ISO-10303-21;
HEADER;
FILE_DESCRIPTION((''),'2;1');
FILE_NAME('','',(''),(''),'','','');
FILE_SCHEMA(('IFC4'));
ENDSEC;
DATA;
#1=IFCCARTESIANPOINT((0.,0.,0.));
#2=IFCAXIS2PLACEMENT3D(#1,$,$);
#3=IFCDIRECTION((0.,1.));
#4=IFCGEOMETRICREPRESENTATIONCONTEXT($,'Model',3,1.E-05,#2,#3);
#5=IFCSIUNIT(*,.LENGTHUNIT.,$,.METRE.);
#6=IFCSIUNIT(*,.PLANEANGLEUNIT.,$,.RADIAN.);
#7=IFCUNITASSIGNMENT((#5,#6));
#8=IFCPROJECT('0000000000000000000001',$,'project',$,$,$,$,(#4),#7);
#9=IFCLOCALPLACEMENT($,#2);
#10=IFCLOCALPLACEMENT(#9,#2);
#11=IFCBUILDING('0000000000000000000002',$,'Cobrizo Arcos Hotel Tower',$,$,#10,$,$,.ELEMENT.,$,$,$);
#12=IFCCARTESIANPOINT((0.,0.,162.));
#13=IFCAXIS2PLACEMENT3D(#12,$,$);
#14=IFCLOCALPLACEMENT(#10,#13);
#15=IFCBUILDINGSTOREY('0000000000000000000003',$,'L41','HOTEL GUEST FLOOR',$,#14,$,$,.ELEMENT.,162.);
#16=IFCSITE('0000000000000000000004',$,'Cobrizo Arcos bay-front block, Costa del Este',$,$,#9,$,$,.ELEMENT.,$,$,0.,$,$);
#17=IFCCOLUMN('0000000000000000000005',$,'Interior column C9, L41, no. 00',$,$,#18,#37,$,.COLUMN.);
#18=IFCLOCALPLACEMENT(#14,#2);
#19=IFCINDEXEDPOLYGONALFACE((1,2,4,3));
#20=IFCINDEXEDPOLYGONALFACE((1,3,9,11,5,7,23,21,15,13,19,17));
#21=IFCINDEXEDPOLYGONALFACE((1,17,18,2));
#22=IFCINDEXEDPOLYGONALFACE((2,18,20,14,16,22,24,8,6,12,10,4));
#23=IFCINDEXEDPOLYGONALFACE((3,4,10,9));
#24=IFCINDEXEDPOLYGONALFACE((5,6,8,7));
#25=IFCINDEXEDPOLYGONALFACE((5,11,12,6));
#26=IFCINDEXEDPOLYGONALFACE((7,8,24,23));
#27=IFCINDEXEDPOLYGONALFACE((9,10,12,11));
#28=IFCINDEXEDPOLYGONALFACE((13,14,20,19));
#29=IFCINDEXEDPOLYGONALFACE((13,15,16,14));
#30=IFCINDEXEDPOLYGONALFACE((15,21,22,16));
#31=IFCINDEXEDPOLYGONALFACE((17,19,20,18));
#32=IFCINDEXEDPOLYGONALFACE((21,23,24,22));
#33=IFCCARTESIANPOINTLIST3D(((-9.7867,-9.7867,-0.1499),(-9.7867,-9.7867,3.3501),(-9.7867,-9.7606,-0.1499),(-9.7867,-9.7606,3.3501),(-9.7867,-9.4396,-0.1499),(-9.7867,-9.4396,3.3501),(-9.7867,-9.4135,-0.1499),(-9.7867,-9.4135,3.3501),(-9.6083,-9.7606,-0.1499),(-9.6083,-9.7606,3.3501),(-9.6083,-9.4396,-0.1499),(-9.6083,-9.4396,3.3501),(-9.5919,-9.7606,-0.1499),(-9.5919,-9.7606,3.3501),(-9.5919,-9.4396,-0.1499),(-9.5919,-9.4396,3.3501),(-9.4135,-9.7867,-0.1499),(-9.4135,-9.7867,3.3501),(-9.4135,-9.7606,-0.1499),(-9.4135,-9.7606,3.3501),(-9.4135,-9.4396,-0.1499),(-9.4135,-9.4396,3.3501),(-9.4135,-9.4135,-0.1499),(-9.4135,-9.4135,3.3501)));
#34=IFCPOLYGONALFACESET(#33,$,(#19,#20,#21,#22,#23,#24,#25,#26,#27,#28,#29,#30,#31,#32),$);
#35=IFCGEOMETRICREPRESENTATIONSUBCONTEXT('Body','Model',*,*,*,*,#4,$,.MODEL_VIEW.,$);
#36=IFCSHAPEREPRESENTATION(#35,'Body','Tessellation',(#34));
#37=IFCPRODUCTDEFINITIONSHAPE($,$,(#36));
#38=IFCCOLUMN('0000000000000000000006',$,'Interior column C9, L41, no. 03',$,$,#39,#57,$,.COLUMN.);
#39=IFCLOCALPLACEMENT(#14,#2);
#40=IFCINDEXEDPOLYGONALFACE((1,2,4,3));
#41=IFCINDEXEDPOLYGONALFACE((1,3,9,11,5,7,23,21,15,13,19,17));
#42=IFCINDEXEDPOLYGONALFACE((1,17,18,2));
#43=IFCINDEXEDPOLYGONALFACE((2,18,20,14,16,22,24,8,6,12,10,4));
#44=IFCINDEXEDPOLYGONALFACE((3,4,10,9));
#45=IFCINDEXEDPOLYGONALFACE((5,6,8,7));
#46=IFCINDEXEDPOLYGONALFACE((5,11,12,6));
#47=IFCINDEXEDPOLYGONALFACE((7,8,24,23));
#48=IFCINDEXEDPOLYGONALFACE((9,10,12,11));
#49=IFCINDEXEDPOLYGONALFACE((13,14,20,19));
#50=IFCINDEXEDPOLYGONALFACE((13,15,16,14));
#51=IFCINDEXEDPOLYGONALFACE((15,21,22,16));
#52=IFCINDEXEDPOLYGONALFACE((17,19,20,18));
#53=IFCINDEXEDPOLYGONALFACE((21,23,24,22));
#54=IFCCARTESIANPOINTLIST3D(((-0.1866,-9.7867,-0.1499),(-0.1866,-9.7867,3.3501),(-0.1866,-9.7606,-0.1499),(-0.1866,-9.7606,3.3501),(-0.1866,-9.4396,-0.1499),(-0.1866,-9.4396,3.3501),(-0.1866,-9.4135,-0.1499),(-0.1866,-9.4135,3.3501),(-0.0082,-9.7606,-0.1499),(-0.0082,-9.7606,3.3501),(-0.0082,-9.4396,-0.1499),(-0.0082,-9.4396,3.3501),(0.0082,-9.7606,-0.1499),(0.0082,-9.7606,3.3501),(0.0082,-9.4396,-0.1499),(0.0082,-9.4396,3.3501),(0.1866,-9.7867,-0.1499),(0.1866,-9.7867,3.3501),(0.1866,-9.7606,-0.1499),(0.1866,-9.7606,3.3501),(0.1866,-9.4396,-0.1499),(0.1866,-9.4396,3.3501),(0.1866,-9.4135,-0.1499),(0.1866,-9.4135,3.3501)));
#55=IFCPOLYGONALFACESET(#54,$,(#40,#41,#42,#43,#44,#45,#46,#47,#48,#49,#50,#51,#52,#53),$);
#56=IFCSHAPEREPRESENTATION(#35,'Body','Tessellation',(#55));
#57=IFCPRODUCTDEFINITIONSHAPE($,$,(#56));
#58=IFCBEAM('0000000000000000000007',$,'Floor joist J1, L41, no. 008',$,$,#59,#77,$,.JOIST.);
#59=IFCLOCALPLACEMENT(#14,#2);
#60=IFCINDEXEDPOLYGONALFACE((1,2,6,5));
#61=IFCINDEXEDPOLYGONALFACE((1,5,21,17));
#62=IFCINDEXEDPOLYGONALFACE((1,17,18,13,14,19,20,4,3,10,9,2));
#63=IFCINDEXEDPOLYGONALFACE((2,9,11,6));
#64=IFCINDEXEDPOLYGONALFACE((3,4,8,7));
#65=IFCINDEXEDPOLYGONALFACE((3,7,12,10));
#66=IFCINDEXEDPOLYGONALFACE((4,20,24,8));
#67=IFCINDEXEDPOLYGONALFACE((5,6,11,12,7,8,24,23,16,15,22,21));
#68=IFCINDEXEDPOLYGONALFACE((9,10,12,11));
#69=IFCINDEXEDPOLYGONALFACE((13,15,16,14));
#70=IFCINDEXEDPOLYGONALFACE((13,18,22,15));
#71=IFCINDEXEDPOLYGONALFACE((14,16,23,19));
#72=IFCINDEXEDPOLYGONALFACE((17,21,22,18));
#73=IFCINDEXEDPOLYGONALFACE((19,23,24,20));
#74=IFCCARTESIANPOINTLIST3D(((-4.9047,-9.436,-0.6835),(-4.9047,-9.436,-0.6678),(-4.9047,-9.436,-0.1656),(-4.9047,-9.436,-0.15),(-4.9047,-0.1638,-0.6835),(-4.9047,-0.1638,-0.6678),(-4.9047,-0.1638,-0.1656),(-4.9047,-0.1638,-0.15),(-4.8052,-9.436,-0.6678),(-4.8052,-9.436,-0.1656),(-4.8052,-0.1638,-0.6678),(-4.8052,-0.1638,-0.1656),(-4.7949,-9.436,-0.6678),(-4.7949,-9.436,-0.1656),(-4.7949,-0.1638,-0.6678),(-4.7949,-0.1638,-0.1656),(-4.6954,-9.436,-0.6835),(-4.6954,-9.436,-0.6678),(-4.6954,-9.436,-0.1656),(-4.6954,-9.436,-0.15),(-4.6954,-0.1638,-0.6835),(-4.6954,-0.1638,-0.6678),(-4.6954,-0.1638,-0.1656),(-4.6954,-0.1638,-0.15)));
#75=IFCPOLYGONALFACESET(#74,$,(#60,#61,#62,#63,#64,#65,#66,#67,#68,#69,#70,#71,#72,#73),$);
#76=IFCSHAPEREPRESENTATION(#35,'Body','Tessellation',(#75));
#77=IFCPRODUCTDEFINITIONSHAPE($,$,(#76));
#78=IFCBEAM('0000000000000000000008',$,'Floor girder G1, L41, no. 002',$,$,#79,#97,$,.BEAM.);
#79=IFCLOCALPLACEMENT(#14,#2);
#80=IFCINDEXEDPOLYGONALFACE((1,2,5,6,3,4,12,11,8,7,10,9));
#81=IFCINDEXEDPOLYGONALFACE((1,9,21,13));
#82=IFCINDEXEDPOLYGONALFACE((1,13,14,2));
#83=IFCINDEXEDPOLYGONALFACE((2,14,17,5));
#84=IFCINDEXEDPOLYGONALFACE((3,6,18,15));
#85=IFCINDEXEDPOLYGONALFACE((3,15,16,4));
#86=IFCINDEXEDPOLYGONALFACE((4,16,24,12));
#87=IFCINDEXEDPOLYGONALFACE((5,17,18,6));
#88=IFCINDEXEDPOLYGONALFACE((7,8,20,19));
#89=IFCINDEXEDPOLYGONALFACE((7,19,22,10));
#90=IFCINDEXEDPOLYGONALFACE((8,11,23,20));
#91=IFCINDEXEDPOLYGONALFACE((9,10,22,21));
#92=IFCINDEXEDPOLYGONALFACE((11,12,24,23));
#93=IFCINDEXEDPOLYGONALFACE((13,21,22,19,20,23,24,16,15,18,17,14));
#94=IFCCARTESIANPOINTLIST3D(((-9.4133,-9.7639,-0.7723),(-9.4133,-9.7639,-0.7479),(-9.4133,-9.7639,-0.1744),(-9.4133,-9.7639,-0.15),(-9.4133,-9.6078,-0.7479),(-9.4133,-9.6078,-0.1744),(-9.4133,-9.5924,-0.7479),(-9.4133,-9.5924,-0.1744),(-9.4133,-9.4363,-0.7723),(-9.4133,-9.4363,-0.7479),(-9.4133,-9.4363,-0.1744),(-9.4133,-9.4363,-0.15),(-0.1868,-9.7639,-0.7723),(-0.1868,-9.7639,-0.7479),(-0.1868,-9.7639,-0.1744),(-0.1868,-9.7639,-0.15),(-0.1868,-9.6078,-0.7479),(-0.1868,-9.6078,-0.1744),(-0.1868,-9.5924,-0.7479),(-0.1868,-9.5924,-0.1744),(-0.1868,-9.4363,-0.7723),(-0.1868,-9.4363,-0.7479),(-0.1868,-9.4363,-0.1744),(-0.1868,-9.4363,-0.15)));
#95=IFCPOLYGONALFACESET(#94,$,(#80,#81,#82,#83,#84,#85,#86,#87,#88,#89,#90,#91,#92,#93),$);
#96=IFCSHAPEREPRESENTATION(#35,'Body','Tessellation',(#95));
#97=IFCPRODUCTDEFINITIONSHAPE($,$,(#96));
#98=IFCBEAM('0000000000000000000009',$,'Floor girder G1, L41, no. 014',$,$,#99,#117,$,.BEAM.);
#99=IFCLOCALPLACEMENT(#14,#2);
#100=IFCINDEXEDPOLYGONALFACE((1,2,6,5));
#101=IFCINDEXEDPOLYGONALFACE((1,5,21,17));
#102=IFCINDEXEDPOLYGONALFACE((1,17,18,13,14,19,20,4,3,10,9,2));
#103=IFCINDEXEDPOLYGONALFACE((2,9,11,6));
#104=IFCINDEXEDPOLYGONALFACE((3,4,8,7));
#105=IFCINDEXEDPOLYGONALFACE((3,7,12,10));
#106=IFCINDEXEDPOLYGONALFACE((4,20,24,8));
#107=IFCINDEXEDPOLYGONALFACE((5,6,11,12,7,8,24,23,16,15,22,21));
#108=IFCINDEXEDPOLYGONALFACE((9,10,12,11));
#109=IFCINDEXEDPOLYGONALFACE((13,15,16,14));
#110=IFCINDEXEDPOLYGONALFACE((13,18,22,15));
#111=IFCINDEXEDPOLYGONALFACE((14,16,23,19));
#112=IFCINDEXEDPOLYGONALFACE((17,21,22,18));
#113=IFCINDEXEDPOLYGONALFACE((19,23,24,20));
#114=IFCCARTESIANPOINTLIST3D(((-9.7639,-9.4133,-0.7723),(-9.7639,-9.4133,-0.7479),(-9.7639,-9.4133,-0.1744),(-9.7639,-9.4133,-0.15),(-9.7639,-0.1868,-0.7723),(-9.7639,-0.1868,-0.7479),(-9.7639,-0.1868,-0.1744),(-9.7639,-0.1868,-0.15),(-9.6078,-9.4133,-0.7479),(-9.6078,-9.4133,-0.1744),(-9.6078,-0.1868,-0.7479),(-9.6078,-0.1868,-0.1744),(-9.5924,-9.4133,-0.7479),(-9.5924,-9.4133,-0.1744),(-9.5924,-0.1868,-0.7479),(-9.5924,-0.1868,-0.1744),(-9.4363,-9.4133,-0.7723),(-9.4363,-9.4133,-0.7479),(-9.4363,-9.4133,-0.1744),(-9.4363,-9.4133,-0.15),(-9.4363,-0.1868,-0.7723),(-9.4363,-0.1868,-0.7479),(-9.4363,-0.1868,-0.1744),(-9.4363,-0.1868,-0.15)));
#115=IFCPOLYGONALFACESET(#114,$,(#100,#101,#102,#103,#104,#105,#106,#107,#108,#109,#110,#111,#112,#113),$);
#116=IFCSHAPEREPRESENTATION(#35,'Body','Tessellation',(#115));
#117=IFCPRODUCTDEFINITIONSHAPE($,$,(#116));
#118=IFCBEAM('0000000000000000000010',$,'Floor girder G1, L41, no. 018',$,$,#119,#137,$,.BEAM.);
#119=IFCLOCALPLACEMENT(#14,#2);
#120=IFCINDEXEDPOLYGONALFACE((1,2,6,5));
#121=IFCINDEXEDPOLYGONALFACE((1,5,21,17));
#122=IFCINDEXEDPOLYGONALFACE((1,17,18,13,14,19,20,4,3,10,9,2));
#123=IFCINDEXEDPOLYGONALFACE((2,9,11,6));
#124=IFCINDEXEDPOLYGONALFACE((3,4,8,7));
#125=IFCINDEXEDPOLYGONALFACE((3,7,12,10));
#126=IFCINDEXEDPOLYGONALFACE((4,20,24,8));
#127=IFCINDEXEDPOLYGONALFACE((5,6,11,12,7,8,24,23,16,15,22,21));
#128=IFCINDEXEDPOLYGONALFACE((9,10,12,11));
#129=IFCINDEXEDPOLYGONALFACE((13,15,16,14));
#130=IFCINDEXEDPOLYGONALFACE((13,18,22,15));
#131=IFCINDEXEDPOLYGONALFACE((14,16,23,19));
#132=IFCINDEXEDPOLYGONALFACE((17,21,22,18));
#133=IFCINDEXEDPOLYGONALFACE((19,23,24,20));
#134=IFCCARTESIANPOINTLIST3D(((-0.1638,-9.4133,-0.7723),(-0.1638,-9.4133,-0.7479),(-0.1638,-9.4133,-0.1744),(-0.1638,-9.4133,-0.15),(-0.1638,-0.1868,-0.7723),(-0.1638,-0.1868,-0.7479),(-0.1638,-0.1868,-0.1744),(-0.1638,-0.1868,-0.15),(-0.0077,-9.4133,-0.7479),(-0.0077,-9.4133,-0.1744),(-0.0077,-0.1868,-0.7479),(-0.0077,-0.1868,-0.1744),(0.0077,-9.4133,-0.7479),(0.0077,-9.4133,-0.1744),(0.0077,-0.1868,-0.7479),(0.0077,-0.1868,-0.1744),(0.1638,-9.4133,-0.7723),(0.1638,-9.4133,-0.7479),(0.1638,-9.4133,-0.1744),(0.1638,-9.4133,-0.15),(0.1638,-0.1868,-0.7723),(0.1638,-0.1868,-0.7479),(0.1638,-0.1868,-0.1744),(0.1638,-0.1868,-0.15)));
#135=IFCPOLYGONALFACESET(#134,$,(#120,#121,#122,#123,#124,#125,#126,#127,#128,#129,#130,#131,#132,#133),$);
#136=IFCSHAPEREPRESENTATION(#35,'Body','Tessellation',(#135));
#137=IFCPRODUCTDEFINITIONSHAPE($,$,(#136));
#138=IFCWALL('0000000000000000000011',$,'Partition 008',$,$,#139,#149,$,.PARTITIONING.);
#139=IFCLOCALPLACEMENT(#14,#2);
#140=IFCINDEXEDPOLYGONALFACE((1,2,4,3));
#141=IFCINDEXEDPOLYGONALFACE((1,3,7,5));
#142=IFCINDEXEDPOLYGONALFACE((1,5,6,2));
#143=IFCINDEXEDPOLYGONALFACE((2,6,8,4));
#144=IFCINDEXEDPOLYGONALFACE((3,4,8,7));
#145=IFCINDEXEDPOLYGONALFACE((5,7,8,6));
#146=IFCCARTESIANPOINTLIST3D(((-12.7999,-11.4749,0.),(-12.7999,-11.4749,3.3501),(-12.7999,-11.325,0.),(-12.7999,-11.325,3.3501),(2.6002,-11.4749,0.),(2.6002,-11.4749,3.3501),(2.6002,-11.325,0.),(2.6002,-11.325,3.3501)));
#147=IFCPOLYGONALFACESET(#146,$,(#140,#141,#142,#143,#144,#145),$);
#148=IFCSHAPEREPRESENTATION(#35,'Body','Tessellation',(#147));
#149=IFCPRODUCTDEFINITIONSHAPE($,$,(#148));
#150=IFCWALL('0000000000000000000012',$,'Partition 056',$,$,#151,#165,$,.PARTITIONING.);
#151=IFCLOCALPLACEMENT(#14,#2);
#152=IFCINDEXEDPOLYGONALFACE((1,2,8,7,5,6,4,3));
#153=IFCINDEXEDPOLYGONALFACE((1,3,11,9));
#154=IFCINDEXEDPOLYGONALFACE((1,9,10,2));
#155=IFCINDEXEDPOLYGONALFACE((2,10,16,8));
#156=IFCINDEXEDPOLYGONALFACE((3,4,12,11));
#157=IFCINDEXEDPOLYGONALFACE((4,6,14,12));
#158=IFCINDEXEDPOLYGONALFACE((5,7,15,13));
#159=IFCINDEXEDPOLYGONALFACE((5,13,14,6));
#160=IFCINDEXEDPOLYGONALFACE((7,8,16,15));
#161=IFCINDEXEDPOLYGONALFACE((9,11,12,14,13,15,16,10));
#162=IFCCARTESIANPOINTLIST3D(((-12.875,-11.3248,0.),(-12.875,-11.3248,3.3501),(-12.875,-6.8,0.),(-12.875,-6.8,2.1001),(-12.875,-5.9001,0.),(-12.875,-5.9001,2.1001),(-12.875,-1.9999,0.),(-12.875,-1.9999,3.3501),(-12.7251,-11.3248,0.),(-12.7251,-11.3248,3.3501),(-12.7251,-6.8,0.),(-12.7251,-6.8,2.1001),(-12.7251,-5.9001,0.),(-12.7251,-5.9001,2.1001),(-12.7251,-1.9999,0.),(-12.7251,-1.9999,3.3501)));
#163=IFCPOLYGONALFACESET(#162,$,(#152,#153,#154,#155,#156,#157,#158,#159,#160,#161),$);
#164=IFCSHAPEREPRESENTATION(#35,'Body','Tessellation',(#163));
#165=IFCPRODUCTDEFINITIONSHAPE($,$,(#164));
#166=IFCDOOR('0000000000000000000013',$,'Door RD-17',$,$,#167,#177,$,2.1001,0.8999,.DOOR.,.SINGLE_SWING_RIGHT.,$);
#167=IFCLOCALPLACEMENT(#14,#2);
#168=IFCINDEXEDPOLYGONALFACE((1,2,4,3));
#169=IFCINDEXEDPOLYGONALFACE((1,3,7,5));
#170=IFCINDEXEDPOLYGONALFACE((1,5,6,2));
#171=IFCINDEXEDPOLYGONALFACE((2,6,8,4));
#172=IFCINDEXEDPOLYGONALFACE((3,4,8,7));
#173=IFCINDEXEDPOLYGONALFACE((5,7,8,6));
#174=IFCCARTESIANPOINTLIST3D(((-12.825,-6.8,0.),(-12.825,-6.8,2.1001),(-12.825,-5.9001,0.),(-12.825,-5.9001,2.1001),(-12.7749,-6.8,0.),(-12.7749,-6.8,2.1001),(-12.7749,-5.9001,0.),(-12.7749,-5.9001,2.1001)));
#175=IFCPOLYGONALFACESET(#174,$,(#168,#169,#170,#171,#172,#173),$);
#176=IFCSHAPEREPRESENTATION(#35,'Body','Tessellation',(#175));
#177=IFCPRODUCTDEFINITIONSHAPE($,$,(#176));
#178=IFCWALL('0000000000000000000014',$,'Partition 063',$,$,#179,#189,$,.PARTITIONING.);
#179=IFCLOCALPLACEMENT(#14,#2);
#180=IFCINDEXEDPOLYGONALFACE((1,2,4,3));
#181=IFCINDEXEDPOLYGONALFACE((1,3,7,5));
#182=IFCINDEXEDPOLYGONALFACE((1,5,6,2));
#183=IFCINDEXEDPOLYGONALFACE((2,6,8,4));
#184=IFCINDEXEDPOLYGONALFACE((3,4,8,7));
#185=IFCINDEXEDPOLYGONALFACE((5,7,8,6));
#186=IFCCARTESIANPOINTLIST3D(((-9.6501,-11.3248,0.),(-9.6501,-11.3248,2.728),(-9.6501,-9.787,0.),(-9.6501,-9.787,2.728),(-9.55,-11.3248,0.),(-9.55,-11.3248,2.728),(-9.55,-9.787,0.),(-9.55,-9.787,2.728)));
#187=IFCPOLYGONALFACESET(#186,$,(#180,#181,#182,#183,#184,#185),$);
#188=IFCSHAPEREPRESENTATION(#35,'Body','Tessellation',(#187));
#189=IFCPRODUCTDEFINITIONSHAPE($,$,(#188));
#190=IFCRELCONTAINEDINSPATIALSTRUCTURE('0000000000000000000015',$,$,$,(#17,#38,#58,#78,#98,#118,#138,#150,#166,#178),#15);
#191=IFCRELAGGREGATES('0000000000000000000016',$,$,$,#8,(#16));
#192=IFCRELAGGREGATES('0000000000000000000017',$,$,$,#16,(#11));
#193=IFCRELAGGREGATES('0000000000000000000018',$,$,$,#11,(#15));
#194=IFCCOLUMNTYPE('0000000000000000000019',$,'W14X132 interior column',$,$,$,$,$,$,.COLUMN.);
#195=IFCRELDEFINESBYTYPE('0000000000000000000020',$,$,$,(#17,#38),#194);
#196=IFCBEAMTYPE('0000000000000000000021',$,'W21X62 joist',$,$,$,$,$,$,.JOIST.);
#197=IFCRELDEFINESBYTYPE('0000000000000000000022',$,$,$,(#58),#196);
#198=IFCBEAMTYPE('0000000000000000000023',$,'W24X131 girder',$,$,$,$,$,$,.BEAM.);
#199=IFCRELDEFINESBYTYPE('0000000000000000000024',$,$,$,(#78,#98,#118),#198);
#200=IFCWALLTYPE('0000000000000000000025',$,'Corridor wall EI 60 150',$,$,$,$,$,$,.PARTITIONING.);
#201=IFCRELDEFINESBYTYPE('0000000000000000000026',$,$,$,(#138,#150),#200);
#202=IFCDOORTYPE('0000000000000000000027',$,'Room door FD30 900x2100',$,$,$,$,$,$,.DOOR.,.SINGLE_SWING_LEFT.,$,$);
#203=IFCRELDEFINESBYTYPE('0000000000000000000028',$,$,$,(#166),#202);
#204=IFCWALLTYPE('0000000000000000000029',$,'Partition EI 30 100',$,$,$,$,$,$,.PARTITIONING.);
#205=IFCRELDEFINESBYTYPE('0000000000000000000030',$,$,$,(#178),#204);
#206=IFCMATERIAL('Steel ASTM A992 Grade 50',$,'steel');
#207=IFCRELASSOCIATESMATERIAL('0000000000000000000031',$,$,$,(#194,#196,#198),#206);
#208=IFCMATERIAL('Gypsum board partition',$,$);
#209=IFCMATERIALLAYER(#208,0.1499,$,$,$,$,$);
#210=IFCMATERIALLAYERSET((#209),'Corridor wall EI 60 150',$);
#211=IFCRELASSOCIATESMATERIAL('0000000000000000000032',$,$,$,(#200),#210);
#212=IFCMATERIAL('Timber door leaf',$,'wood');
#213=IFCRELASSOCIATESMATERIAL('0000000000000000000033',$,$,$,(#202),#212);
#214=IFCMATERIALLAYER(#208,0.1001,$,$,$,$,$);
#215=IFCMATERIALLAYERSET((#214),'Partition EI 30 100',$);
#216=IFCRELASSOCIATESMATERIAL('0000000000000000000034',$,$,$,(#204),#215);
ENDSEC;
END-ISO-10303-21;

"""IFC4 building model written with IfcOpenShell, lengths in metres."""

from ifc_helpers import new_model, si_unit, direction, frame, frame_2d, origin, origin_2d, place, context, subcontext, project, spatial, rectangle, i_section, extrude, material, layer, layer_set, material_profile, profile_set, type_object, element, fill, save


model = new_model("IFC4")

# Units and contexts
model_context = context("Model", 3, precision=1e-05, world=origin(), true_north=direction((0.0, 1.0)))
body_context = subcontext(model_context, "Body", "Model", "MODEL_VIEW")
ifc_project = project(units=[si_unit("LENGTHUNIT", "METRE"), si_unit("PLANEANGLEUNIT", "RADIAN")], contexts=[model_context])

# Site, building, storey
site_placement = place(None, origin())
site = spatial("IfcSite", under=ifc_project, at=site_placement, Name="Cobrizo Arcos bay-front block, Costa del Este", CompositionType="ELEMENT", RefElevation=0.0)
building_placement = place(site_placement, origin())
building = spatial("IfcBuilding", under=site, at=building_placement, Name="Cobrizo Arcos Hotel Tower", CompositionType="ELEMENT")
storey_placement = place(building_placement, frame((0.0, 0.0, 162.0)))
storey = spatial("IfcBuildingStorey", under=building, at=storey_placement, Name="L41", Description="HOTEL GUEST FLOOR", CompositionType="ELEMENT", Elevation=162.0)

# Columns
ifc_material_1 = material(Name="Steel ASTM A992 Grade 50", Category="steel")
ifc_material_profile_1 = material_profile(ifc_material_1, i_section(OverallWidth=0.3733, OverallDepth=0.3733, WebThickness=0.0164, FlangeThickness=0.0261, at=origin_2d()), Name="W14X132")
ifc_profile_set_1 = profile_set([ifc_material_profile_1], Name="Steel ASTM A992 Grade 50")
column_type = type_object("IfcColumnType", Name="W14X132 interior column", PredefinedType="COLUMN", material=ifc_profile_set_1)
for number, where, z_axis, x_axis, name in (
    (1, (-9.6001, -9.6001, -0.1499), (0.0, 0.0, 1.0), (1.0, 0.0, 0.0), "Interior column C9, L41, no. 00"),
    (2, (0.0, -9.6001, -0.1499), (0.0, 0.0, 1.0), (1.0, 0.0, 0.0), "Interior column C9, L41, no. 03"),
):
    element("IfcColumn", number, at=place(storey_placement, frame(where, z_axis=z_axis, x_axis=x_axis)), inside=storey, type_object=column_type, Name=name, PredefinedType="COLUMN", context=body_context, shape_type="SweptSolid", body=[
        extrude(i_section(OverallWidth=0.3733, OverallDepth=0.3733, WebThickness=0.0164, FlangeThickness=0.0261, at=origin_2d()), origin(), (0.0, 0.0, 1.0), 3.5),
    ])

# Beams
ifc_material_profile_2 = material_profile(ifc_material_1, i_section(OverallWidth=0.2092, OverallDepth=0.5334, WebThickness=0.0103, FlangeThickness=0.0156, at=origin_2d()), Name="W21X62")
ifc_profile_set_2 = profile_set([ifc_material_profile_2], Name="Steel ASTM A992 Grade 50")
beam_type_1 = type_object("IfcBeamType", Name="W21X62 joist", PredefinedType="JOIST", material=ifc_profile_set_2)
beam_placement = place(storey_placement, frame((-4.8, -9.436, -0.4167), z_axis=(0.0, 1.0, 0.0), x_axis=(-1.0, 0.0, 0.0)))
element("IfcBeam", 3, at=beam_placement, inside=storey, type_object=beam_type_1, Name="Floor joist J1, L41, no. 008", PredefinedType="JOIST", context=body_context, shape_type="SweptSolid", body=[
    extrude(i_section(OverallWidth=0.2092, OverallDepth=0.5334, WebThickness=0.0103, FlangeThickness=0.0156, at=origin_2d()), origin(), (0.0, 0.0, 1.0), 9.2722),
])
ifc_material_profile_3 = material_profile(ifc_material_1, i_section(OverallWidth=0.3276, OverallDepth=0.6223, WebThickness=0.0154, FlangeThickness=0.0244, at=origin_2d()), Name="W24X131")
ifc_profile_set_3 = profile_set([ifc_material_profile_3], Name="Steel ASTM A992 Grade 50")
beam_type_2 = type_object("IfcBeamType", Name="W24X131 girder", PredefinedType="BEAM", material=ifc_profile_set_3)
for number, where, z_axis, x_axis, name in (
    (4, (-9.4133, -9.6001, -0.4612), (1.0, 0.0, 0.0), (0.0, 1.0, 0.0), "Floor girder G1, L41, no. 002"),
    (5, (-9.6001, -9.4133, -0.4612), (0.0, 1.0, 0.0), (-1.0, 0.0, 0.0), "Floor girder G1, L41, no. 014"),
    (6, (0.0, -9.4133, -0.4612), (0.0, 1.0, 0.0), (-1.0, 0.0, 0.0), "Floor girder G1, L41, no. 018"),
):
    element("IfcBeam", number, at=place(storey_placement, frame(where, z_axis=z_axis, x_axis=x_axis)), inside=storey, type_object=beam_type_2, Name=name, PredefinedType="BEAM", context=body_context, shape_type="SweptSolid", body=[
        extrude(i_section(OverallWidth=0.3276, OverallDepth=0.6223, WebThickness=0.0154, FlangeThickness=0.0244, at=origin_2d()), origin(), (0.0, 0.0, 1.0), 9.2266),
    ])

# Wall
ifc_material_2 = material(Name="Gypsum board partition")
ifc_layer_1 = layer(ifc_material_2, 0.1499)
ifc_layer_set_1 = layer_set([ifc_layer_1], Name="Corridor wall EI 60 150")
wall_type_1 = type_object("IfcWallType", Name="Corridor wall EI 60 150", PredefinedType="PARTITIONING", material=ifc_layer_set_1)
wall_1_placement = place(storey_placement, frame((-12.8, -11.3999, 0.0), z_axis=(0.0, 0.0, 1.0), x_axis=(1.0, 0.0, 0.0)))
element("IfcWall", 7, at=wall_1_placement, inside=storey, type_object=wall_type_1, Name="Partition 008", PredefinedType="PARTITIONING", context=body_context, shape_type="SweptSolid", body=[
    extrude(rectangle(XDim=15.4001, YDim=0.1499, at=frame_2d((7.7002, 0.0))), origin(), (0.0, 0.0, 1.0), 3.3501),
])

# Wall, opening, door
wall_2_placement = place(storey_placement, frame((-12.8, -11.325, 0.0), z_axis=(0.0, 0.0, 1.0), x_axis=(0.0, 1.0, 0.0)))
wall_2 = element("IfcWall", 8, at=wall_2_placement, inside=storey, type_object=wall_type_1, Name="Partition 056", PredefinedType="PARTITIONING", context=body_context, shape_type="SweptSolid", body=[
    extrude(rectangle(XDim=9.325, YDim=0.1499, at=frame_2d((4.6626, 0.0))), origin(), (0.0, 0.0, 1.0), 3.3501),
])
opening_placement = place(wall_2_placement, frame((4.5249, 0.0, 0.0)))
opening = element("IfcOpeningElement", 9, at=opening_placement, cuts=wall_2, PredefinedType="OPENING", context=body_context, shape_type="SweptSolid", body=[
    extrude(rectangle(XDim=0.8999, YDim=2.1001, at=frame_2d((0.45, 1.05))), frame((0.0, 0.0869, 0.0), z_axis=(0.0, -1.0, 0.0), x_axis=(1.0, 0.0, 0.0)), (0.0, 0.0, 1.0), 0.1738),
])
ifc_material_3 = material(Name="Timber door leaf", Category="wood")
door_type = type_object("IfcDoorType", Name="Room door FD30 900x2100", OperationType="SINGLE_SWING_LEFT", PredefinedType="DOOR", material=ifc_material_3)
door_placement = place(opening_placement, origin())
door = element("IfcDoor", 10, at=door_placement, inside=storey, type_object=door_type, Name="Door RD-17", OperationType="SINGLE_SWING_RIGHT", OverallHeight=2.1001, OverallWidth=0.8999, PredefinedType="DOOR", context=body_context, shape_type="SweptSolid", body=[
    extrude(rectangle(XDim=0.8999, YDim=2.1001, at=frame_2d((0.45, 1.05))), frame((0.0, 0.0249, 0.0), z_axis=(0.0, -1.0, 0.0), x_axis=(1.0, 0.0, 0.0)), (0.0, 0.0, 1.0), 0.05),
])
fill(opening, door)

# Wall
ifc_layer_2 = layer(ifc_material_2, 0.1001)
ifc_layer_set_2 = layer_set([ifc_layer_2], Name="Partition EI 30 100")
wall_type_2 = type_object("IfcWallType", Name="Partition EI 30 100", PredefinedType="PARTITIONING", material=ifc_layer_set_2)
wall_3_placement = place(storey_placement, frame((-9.6001, -11.325, 0.0), z_axis=(0.0, 0.0, 1.0), x_axis=(0.0, 1.0, 0.0)))
element("IfcWall", 11, at=wall_3_placement, inside=storey, type_object=wall_type_2, Name="Partition 063", PredefinedType="PARTITIONING", context=body_context, shape_type="SweptSolid", body=[
    extrude(rectangle(XDim=1.5378, YDim=0.1001, at=frame_2d((0.769, 0.0))), origin(), (0.0, 0.0, 1.0), 2.728),
])

save(model, "model.ifc")
